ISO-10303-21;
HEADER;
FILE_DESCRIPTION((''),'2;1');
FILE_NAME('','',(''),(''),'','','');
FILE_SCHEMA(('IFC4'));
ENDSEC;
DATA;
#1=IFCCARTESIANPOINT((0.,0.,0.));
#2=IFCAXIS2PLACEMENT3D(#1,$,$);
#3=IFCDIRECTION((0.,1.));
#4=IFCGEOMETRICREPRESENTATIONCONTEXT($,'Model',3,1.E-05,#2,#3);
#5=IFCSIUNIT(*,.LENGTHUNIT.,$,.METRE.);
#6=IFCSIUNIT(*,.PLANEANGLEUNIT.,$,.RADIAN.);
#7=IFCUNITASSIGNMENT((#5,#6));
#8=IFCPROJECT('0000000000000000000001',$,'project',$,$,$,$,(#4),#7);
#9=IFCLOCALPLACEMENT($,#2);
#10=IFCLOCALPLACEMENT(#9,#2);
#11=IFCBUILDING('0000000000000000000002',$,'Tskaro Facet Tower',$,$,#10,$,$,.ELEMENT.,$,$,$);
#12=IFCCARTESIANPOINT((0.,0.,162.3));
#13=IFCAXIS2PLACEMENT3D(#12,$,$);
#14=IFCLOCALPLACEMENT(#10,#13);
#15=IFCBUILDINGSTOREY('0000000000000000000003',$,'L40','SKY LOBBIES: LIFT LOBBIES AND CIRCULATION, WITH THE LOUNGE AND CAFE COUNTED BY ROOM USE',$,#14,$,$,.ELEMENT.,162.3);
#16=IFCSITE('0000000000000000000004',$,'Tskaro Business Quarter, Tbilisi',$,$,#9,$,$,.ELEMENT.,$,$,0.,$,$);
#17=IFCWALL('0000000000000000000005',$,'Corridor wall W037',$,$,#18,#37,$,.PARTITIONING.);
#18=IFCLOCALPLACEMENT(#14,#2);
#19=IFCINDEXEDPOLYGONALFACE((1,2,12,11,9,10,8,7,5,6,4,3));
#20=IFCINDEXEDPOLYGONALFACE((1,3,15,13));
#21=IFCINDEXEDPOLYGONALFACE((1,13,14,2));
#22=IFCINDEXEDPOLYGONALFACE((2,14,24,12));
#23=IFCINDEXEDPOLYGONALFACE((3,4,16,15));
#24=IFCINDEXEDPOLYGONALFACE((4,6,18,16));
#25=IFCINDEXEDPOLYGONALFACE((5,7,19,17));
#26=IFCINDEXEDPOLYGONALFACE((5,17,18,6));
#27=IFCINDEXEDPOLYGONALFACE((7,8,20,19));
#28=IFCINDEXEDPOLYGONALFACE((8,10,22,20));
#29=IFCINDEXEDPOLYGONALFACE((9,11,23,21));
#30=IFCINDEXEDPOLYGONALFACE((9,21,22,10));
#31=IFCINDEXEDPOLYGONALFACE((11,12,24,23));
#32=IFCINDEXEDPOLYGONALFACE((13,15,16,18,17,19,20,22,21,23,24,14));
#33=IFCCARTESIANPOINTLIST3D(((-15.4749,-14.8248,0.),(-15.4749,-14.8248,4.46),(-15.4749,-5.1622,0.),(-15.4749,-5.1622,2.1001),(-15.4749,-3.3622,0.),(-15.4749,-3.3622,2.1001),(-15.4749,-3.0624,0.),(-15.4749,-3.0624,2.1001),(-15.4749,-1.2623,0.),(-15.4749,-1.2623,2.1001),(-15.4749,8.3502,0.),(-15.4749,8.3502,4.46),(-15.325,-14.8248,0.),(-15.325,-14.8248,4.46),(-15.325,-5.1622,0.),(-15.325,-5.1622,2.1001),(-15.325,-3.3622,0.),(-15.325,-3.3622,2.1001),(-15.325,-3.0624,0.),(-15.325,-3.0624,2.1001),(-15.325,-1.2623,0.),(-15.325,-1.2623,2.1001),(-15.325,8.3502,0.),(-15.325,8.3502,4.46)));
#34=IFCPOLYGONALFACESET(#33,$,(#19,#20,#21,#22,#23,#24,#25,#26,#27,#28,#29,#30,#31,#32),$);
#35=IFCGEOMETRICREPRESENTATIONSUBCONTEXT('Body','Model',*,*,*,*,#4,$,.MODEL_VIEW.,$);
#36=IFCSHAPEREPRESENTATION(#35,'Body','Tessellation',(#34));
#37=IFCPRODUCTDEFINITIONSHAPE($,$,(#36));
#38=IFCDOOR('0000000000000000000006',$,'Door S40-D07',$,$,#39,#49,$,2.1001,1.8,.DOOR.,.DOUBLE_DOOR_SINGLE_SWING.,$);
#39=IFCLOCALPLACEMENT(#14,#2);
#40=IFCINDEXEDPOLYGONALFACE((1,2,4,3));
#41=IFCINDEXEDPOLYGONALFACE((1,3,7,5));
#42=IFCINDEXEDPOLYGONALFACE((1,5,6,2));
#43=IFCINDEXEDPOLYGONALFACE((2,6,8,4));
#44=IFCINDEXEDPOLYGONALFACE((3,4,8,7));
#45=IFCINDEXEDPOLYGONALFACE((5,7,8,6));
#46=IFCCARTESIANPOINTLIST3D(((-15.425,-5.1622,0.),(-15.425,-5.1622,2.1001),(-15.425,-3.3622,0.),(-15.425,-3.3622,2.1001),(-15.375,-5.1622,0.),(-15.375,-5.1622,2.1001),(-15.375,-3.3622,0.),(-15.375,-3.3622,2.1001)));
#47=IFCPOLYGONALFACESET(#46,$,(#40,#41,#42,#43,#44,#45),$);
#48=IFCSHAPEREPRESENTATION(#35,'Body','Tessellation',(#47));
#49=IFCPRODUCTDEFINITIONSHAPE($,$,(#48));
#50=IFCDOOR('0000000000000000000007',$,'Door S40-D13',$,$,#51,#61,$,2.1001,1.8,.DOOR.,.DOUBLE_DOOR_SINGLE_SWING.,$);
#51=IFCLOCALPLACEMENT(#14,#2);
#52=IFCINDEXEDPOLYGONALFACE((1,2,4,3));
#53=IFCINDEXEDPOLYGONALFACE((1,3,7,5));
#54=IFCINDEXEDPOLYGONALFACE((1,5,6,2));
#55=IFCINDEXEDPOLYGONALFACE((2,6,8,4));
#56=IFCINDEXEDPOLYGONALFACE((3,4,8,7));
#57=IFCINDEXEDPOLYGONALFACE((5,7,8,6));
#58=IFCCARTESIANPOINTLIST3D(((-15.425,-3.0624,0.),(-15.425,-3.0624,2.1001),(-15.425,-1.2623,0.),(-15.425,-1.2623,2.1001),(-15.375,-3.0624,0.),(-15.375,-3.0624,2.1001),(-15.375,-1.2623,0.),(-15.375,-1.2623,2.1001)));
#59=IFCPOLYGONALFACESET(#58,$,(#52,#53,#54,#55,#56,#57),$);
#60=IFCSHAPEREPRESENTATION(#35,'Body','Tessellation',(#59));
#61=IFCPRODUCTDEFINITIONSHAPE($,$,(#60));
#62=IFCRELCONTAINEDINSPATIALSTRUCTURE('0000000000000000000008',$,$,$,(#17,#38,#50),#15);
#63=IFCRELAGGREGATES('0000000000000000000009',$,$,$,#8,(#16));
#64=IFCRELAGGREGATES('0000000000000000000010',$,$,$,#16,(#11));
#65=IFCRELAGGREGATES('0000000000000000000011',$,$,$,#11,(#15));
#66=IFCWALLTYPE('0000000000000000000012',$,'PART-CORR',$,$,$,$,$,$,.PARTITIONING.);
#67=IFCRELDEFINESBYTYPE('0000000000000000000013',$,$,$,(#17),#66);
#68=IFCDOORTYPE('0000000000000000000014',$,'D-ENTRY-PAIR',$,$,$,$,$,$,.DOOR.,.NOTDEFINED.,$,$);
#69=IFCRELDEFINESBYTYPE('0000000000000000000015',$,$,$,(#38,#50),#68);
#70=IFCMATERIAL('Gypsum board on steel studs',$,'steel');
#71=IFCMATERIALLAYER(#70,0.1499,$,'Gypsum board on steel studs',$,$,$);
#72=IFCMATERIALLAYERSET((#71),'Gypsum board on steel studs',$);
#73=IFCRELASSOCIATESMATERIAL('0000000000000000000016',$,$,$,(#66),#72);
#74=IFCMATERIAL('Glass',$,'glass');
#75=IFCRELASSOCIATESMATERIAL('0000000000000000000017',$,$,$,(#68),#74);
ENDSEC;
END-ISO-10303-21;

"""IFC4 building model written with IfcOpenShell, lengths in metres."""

from ifc_helpers import new_model, si_unit, direction, frame, frame_2d, origin, place, context, subcontext, project, spatial, rectangle, extrude, material, layer, layer_set, type_object, element, fill, save


model = new_model("IFC4")

# Units and contexts
model_context = context("Model", 3, precision=1e-05, world=origin(), true_north=direction((0.0, 1.0)))
body_context = subcontext(model_context, "Body", "Model", "MODEL_VIEW")
ifc_project = project(units=[si_unit("LENGTHUNIT", "METRE"), si_unit("PLANEANGLEUNIT", "RADIAN")], contexts=[model_context])

# Site, building, storey
site_placement = place(None, origin())
site = spatial("IfcSite", under=ifc_project, at=site_placement, Name="Tskaro Business Quarter, Tbilisi", CompositionType="ELEMENT", RefElevation=0.0)
building_placement = place(site_placement, origin())
building = spatial("IfcBuilding", under=site, at=building_placement, Name="Tskaro Facet Tower", CompositionType="ELEMENT")
storey_placement = place(building_placement, frame((0.0, 0.0, 162.3)))
storey = spatial("IfcBuildingStorey", under=building, at=storey_placement, Name="L40", Description="SKY LOBBIES: LIFT LOBBIES AND CIRCULATION, WITH THE LOUNGE AND CAFE COUNTED BY ROOM USE", CompositionType="ELEMENT", Elevation=162.3)

# Shared definitions
ifc_material_1 = material(Name="Gypsum board on steel studs", Category="steel")
ifc_layer_1 = layer(ifc_material_1, 0.1499, Name="Gypsum board on steel studs")
ifc_layer_set_1 = layer_set([ifc_layer_1], Name="Gypsum board on steel studs")
wall_type_1 = type_object("IfcWallType", Name="PART-CORR", PredefinedType="PARTITIONING", material=ifc_layer_set_1)

# Wall, openings, doors
wall_1_placement = place(storey_placement, frame((-15.3999, 8.3501, 0.0), z_axis=(0.0, 0.0, 1.0), x_axis=(0.0, -1.0, 0.0)))
wall_1 = element("IfcWall", 1, at=wall_1_placement, inside=storey, type_object=wall_type_1, Name="Corridor wall W037", PredefinedType="PARTITIONING", context=body_context, shape_type="SweptSolid", body=[
    extrude(rectangle(XDim=23.175, YDim=0.1499, at=frame_2d((11.5874, 0.0))), origin(), (0.0, 0.0, 1.0), 4.46),
])
opening_1_placement = place(wall_1_placement, frame((11.7124, 0.0, 0.0)))
opening_1 = element("IfcOpeningElement", 2, at=opening_1_placement, cuts=wall_1, PredefinedType="OPENING", context=body_context, shape_type="SweptSolid", body=[
    extrude(rectangle(XDim=1.8, YDim=2.1001, at=frame_2d((0.8999, 1.05))), frame((0.0, 0.085, 0.0), z_axis=(0.0, -1.0, 0.0), x_axis=(1.0, 0.0, 0.0)), (0.0, 0.0, 1.0), 0.1699),
])
opening_2_placement = place(wall_1_placement, frame((9.6125, 0.0, 0.0)))
opening_2 = element("IfcOpeningElement", 3, at=opening_2_placement, cuts=wall_1, PredefinedType="OPENING", context=body_context, shape_type="SweptSolid", body=[
    extrude(rectangle(XDim=1.8, YDim=2.1001, at=frame_2d((0.8999, 1.05))), frame((0.0, 0.085, 0.0), z_axis=(0.0, -1.0, 0.0), x_axis=(1.0, 0.0, 0.0)), (0.0, 0.0, 1.0), 0.1699),
])
ifc_material_2 = material(Name="Glass", Category="glass")
door_type = type_object("IfcDoorType", Name="D-ENTRY-PAIR", OperationType="NOTDEFINED", PredefinedType="DOOR", material=ifc_material_2)
door_1_placement = place(opening_1_placement, origin())
door_1 = element("IfcDoor", 4, at=door_1_placement, inside=storey, type_object=door_type, Name="Door S40-D07", OperationType="DOUBLE_DOOR_SINGLE_SWING", OverallHeight=2.1001, OverallWidth=1.8, PredefinedType="DOOR", context=body_context, shape_type="SweptSolid", body=[
    extrude(rectangle(XDim=1.8, YDim=2.1001, at=frame_2d((0.8999, 1.05))), frame((0.0, 0.0249, 0.0), z_axis=(0.0, -1.0, 0.0), x_axis=(1.0, 0.0, 0.0)), (0.0, 0.0, 1.0), 0.05),
])
fill(opening_1, door_1)
door_2_placement = place(opening_2_placement, origin())
door_2 = element("IfcDoor", 5, at=door_2_placement, inside=storey, type_object=door_type, Name="Door S40-D13", OperationType="DOUBLE_DOOR_SINGLE_SWING", OverallHeight=2.1001, OverallWidth=1.8, PredefinedType="DOOR", context=body_context, shape_type="SweptSolid", body=[
    extrude(rectangle(XDim=1.8, YDim=2.1001, at=frame_2d((0.8999, 1.05))), frame((0.0, 0.0249, 0.0), z_axis=(0.0, -1.0, 0.0), x_axis=(1.0, 0.0, 0.0)), (0.0, 0.0, 1.0), 0.05),
])
fill(opening_2, door_2)

save(model, "model.ifc")
